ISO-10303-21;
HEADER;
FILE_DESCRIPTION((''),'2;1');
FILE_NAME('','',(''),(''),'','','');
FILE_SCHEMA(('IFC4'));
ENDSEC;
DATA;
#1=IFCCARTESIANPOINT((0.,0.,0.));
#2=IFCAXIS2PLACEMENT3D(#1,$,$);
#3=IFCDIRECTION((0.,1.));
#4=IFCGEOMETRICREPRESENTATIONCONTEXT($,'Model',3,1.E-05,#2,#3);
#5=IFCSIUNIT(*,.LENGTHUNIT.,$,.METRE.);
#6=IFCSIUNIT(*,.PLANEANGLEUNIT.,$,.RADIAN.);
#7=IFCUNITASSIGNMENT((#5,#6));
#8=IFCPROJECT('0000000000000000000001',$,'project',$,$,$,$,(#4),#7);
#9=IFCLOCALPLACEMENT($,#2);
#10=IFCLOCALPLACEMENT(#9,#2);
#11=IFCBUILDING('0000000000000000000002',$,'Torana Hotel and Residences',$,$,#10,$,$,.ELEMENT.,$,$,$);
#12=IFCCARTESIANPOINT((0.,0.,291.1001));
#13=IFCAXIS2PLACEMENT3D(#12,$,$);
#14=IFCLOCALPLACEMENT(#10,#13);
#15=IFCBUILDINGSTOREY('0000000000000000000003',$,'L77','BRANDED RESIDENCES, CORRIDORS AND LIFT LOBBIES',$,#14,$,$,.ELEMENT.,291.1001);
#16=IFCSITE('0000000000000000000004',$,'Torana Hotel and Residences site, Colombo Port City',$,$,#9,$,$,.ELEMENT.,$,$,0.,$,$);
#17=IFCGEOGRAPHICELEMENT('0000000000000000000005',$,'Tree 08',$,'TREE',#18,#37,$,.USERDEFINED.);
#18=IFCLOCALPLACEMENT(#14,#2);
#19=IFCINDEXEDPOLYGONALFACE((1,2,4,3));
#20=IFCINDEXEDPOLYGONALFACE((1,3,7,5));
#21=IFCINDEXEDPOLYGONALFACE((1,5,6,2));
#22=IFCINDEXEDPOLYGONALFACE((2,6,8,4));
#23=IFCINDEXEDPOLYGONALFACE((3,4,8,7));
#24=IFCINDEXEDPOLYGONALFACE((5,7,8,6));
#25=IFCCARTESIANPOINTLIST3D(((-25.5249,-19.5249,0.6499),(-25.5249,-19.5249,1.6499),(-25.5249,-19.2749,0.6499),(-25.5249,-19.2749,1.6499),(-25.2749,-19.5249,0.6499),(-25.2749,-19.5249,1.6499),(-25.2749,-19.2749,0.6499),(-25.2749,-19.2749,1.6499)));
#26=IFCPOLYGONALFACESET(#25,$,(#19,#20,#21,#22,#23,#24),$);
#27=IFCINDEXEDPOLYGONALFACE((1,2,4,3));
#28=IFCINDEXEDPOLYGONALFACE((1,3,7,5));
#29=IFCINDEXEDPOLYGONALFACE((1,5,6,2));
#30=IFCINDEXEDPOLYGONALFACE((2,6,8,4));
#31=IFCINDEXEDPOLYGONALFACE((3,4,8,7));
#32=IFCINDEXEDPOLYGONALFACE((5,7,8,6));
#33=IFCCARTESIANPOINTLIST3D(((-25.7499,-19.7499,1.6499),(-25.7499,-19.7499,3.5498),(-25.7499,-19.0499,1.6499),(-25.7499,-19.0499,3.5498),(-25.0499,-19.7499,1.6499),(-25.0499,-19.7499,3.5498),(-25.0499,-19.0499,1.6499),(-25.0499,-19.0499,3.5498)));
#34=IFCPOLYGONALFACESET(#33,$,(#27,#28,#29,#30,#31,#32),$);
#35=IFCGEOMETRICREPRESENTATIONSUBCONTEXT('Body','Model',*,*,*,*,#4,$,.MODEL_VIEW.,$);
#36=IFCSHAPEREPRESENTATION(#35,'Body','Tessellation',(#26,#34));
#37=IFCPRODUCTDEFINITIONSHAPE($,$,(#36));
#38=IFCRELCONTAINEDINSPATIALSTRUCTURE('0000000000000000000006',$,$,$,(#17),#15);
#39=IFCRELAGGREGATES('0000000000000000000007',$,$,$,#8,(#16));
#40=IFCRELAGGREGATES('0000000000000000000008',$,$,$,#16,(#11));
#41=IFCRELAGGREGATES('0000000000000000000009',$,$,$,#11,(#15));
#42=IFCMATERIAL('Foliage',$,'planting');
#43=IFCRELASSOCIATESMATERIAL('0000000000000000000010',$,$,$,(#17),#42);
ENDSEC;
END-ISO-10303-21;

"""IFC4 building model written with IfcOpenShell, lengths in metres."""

from ifc_helpers import new_model, si_unit, direction, frame, origin, origin_2d, place, context, subcontext, project, spatial, rectangle, extrude, material, element, save


model = new_model("IFC4")

# Units and contexts
model_context = context("Model", 3, precision=1e-05, world=origin(), true_north=direction((0.0, 1.0)))
body_context = subcontext(model_context, "Body", "Model", "MODEL_VIEW")
ifc_project = project(units=[si_unit("LENGTHUNIT", "METRE"), si_unit("PLANEANGLEUNIT", "RADIAN")], contexts=[model_context])

# Site, building, storey
site_placement = place(None, origin())
site = spatial("IfcSite", under=ifc_project, at=site_placement, Name="Torana Hotel and Residences site, Colombo Port City", CompositionType="ELEMENT", RefElevation=0.0)
building_placement = place(site_placement, origin())
building = spatial("IfcBuilding", under=site, at=building_placement, Name="Torana Hotel and Residences", CompositionType="ELEMENT")
storey_placement = place(building_placement, frame((0.0, 0.0, 291.1001)))
storey = spatial("IfcBuildingStorey", under=building, at=storey_placement, Name="L77", Description="BRANDED RESIDENCES, CORRIDORS AND LIFT LOBBIES", CompositionType="ELEMENT", Elevation=291.1001)

# Geographic element
ifc_material_1 = material(Name="Foliage", Category="planting")
geographic_element_placement = place(storey_placement, frame((-25.3999, -19.3999, 0.6499), z_axis=(0.0, 0.0, 1.0), x_axis=(1.0, 0.0, 0.0)))
element("IfcGeographicElement", 1, at=geographic_element_placement, inside=storey, material=ifc_material_1, Name="Tree 08", ObjectType="TREE", PredefinedType="USERDEFINED", context=body_context, shape_type="SweptSolid", body=[
    extrude(rectangle(XDim=0.25, YDim=0.25, at=origin_2d()), origin(), (0.0, 0.0, 1.0), 1.0),
    extrude(rectangle(XDim=0.7, YDim=0.7, at=origin_2d()), frame((0.0, 0.0, 1.0)), (0.0, 0.0, 1.0), 1.8999),
])

save(model, "model.ifc")
